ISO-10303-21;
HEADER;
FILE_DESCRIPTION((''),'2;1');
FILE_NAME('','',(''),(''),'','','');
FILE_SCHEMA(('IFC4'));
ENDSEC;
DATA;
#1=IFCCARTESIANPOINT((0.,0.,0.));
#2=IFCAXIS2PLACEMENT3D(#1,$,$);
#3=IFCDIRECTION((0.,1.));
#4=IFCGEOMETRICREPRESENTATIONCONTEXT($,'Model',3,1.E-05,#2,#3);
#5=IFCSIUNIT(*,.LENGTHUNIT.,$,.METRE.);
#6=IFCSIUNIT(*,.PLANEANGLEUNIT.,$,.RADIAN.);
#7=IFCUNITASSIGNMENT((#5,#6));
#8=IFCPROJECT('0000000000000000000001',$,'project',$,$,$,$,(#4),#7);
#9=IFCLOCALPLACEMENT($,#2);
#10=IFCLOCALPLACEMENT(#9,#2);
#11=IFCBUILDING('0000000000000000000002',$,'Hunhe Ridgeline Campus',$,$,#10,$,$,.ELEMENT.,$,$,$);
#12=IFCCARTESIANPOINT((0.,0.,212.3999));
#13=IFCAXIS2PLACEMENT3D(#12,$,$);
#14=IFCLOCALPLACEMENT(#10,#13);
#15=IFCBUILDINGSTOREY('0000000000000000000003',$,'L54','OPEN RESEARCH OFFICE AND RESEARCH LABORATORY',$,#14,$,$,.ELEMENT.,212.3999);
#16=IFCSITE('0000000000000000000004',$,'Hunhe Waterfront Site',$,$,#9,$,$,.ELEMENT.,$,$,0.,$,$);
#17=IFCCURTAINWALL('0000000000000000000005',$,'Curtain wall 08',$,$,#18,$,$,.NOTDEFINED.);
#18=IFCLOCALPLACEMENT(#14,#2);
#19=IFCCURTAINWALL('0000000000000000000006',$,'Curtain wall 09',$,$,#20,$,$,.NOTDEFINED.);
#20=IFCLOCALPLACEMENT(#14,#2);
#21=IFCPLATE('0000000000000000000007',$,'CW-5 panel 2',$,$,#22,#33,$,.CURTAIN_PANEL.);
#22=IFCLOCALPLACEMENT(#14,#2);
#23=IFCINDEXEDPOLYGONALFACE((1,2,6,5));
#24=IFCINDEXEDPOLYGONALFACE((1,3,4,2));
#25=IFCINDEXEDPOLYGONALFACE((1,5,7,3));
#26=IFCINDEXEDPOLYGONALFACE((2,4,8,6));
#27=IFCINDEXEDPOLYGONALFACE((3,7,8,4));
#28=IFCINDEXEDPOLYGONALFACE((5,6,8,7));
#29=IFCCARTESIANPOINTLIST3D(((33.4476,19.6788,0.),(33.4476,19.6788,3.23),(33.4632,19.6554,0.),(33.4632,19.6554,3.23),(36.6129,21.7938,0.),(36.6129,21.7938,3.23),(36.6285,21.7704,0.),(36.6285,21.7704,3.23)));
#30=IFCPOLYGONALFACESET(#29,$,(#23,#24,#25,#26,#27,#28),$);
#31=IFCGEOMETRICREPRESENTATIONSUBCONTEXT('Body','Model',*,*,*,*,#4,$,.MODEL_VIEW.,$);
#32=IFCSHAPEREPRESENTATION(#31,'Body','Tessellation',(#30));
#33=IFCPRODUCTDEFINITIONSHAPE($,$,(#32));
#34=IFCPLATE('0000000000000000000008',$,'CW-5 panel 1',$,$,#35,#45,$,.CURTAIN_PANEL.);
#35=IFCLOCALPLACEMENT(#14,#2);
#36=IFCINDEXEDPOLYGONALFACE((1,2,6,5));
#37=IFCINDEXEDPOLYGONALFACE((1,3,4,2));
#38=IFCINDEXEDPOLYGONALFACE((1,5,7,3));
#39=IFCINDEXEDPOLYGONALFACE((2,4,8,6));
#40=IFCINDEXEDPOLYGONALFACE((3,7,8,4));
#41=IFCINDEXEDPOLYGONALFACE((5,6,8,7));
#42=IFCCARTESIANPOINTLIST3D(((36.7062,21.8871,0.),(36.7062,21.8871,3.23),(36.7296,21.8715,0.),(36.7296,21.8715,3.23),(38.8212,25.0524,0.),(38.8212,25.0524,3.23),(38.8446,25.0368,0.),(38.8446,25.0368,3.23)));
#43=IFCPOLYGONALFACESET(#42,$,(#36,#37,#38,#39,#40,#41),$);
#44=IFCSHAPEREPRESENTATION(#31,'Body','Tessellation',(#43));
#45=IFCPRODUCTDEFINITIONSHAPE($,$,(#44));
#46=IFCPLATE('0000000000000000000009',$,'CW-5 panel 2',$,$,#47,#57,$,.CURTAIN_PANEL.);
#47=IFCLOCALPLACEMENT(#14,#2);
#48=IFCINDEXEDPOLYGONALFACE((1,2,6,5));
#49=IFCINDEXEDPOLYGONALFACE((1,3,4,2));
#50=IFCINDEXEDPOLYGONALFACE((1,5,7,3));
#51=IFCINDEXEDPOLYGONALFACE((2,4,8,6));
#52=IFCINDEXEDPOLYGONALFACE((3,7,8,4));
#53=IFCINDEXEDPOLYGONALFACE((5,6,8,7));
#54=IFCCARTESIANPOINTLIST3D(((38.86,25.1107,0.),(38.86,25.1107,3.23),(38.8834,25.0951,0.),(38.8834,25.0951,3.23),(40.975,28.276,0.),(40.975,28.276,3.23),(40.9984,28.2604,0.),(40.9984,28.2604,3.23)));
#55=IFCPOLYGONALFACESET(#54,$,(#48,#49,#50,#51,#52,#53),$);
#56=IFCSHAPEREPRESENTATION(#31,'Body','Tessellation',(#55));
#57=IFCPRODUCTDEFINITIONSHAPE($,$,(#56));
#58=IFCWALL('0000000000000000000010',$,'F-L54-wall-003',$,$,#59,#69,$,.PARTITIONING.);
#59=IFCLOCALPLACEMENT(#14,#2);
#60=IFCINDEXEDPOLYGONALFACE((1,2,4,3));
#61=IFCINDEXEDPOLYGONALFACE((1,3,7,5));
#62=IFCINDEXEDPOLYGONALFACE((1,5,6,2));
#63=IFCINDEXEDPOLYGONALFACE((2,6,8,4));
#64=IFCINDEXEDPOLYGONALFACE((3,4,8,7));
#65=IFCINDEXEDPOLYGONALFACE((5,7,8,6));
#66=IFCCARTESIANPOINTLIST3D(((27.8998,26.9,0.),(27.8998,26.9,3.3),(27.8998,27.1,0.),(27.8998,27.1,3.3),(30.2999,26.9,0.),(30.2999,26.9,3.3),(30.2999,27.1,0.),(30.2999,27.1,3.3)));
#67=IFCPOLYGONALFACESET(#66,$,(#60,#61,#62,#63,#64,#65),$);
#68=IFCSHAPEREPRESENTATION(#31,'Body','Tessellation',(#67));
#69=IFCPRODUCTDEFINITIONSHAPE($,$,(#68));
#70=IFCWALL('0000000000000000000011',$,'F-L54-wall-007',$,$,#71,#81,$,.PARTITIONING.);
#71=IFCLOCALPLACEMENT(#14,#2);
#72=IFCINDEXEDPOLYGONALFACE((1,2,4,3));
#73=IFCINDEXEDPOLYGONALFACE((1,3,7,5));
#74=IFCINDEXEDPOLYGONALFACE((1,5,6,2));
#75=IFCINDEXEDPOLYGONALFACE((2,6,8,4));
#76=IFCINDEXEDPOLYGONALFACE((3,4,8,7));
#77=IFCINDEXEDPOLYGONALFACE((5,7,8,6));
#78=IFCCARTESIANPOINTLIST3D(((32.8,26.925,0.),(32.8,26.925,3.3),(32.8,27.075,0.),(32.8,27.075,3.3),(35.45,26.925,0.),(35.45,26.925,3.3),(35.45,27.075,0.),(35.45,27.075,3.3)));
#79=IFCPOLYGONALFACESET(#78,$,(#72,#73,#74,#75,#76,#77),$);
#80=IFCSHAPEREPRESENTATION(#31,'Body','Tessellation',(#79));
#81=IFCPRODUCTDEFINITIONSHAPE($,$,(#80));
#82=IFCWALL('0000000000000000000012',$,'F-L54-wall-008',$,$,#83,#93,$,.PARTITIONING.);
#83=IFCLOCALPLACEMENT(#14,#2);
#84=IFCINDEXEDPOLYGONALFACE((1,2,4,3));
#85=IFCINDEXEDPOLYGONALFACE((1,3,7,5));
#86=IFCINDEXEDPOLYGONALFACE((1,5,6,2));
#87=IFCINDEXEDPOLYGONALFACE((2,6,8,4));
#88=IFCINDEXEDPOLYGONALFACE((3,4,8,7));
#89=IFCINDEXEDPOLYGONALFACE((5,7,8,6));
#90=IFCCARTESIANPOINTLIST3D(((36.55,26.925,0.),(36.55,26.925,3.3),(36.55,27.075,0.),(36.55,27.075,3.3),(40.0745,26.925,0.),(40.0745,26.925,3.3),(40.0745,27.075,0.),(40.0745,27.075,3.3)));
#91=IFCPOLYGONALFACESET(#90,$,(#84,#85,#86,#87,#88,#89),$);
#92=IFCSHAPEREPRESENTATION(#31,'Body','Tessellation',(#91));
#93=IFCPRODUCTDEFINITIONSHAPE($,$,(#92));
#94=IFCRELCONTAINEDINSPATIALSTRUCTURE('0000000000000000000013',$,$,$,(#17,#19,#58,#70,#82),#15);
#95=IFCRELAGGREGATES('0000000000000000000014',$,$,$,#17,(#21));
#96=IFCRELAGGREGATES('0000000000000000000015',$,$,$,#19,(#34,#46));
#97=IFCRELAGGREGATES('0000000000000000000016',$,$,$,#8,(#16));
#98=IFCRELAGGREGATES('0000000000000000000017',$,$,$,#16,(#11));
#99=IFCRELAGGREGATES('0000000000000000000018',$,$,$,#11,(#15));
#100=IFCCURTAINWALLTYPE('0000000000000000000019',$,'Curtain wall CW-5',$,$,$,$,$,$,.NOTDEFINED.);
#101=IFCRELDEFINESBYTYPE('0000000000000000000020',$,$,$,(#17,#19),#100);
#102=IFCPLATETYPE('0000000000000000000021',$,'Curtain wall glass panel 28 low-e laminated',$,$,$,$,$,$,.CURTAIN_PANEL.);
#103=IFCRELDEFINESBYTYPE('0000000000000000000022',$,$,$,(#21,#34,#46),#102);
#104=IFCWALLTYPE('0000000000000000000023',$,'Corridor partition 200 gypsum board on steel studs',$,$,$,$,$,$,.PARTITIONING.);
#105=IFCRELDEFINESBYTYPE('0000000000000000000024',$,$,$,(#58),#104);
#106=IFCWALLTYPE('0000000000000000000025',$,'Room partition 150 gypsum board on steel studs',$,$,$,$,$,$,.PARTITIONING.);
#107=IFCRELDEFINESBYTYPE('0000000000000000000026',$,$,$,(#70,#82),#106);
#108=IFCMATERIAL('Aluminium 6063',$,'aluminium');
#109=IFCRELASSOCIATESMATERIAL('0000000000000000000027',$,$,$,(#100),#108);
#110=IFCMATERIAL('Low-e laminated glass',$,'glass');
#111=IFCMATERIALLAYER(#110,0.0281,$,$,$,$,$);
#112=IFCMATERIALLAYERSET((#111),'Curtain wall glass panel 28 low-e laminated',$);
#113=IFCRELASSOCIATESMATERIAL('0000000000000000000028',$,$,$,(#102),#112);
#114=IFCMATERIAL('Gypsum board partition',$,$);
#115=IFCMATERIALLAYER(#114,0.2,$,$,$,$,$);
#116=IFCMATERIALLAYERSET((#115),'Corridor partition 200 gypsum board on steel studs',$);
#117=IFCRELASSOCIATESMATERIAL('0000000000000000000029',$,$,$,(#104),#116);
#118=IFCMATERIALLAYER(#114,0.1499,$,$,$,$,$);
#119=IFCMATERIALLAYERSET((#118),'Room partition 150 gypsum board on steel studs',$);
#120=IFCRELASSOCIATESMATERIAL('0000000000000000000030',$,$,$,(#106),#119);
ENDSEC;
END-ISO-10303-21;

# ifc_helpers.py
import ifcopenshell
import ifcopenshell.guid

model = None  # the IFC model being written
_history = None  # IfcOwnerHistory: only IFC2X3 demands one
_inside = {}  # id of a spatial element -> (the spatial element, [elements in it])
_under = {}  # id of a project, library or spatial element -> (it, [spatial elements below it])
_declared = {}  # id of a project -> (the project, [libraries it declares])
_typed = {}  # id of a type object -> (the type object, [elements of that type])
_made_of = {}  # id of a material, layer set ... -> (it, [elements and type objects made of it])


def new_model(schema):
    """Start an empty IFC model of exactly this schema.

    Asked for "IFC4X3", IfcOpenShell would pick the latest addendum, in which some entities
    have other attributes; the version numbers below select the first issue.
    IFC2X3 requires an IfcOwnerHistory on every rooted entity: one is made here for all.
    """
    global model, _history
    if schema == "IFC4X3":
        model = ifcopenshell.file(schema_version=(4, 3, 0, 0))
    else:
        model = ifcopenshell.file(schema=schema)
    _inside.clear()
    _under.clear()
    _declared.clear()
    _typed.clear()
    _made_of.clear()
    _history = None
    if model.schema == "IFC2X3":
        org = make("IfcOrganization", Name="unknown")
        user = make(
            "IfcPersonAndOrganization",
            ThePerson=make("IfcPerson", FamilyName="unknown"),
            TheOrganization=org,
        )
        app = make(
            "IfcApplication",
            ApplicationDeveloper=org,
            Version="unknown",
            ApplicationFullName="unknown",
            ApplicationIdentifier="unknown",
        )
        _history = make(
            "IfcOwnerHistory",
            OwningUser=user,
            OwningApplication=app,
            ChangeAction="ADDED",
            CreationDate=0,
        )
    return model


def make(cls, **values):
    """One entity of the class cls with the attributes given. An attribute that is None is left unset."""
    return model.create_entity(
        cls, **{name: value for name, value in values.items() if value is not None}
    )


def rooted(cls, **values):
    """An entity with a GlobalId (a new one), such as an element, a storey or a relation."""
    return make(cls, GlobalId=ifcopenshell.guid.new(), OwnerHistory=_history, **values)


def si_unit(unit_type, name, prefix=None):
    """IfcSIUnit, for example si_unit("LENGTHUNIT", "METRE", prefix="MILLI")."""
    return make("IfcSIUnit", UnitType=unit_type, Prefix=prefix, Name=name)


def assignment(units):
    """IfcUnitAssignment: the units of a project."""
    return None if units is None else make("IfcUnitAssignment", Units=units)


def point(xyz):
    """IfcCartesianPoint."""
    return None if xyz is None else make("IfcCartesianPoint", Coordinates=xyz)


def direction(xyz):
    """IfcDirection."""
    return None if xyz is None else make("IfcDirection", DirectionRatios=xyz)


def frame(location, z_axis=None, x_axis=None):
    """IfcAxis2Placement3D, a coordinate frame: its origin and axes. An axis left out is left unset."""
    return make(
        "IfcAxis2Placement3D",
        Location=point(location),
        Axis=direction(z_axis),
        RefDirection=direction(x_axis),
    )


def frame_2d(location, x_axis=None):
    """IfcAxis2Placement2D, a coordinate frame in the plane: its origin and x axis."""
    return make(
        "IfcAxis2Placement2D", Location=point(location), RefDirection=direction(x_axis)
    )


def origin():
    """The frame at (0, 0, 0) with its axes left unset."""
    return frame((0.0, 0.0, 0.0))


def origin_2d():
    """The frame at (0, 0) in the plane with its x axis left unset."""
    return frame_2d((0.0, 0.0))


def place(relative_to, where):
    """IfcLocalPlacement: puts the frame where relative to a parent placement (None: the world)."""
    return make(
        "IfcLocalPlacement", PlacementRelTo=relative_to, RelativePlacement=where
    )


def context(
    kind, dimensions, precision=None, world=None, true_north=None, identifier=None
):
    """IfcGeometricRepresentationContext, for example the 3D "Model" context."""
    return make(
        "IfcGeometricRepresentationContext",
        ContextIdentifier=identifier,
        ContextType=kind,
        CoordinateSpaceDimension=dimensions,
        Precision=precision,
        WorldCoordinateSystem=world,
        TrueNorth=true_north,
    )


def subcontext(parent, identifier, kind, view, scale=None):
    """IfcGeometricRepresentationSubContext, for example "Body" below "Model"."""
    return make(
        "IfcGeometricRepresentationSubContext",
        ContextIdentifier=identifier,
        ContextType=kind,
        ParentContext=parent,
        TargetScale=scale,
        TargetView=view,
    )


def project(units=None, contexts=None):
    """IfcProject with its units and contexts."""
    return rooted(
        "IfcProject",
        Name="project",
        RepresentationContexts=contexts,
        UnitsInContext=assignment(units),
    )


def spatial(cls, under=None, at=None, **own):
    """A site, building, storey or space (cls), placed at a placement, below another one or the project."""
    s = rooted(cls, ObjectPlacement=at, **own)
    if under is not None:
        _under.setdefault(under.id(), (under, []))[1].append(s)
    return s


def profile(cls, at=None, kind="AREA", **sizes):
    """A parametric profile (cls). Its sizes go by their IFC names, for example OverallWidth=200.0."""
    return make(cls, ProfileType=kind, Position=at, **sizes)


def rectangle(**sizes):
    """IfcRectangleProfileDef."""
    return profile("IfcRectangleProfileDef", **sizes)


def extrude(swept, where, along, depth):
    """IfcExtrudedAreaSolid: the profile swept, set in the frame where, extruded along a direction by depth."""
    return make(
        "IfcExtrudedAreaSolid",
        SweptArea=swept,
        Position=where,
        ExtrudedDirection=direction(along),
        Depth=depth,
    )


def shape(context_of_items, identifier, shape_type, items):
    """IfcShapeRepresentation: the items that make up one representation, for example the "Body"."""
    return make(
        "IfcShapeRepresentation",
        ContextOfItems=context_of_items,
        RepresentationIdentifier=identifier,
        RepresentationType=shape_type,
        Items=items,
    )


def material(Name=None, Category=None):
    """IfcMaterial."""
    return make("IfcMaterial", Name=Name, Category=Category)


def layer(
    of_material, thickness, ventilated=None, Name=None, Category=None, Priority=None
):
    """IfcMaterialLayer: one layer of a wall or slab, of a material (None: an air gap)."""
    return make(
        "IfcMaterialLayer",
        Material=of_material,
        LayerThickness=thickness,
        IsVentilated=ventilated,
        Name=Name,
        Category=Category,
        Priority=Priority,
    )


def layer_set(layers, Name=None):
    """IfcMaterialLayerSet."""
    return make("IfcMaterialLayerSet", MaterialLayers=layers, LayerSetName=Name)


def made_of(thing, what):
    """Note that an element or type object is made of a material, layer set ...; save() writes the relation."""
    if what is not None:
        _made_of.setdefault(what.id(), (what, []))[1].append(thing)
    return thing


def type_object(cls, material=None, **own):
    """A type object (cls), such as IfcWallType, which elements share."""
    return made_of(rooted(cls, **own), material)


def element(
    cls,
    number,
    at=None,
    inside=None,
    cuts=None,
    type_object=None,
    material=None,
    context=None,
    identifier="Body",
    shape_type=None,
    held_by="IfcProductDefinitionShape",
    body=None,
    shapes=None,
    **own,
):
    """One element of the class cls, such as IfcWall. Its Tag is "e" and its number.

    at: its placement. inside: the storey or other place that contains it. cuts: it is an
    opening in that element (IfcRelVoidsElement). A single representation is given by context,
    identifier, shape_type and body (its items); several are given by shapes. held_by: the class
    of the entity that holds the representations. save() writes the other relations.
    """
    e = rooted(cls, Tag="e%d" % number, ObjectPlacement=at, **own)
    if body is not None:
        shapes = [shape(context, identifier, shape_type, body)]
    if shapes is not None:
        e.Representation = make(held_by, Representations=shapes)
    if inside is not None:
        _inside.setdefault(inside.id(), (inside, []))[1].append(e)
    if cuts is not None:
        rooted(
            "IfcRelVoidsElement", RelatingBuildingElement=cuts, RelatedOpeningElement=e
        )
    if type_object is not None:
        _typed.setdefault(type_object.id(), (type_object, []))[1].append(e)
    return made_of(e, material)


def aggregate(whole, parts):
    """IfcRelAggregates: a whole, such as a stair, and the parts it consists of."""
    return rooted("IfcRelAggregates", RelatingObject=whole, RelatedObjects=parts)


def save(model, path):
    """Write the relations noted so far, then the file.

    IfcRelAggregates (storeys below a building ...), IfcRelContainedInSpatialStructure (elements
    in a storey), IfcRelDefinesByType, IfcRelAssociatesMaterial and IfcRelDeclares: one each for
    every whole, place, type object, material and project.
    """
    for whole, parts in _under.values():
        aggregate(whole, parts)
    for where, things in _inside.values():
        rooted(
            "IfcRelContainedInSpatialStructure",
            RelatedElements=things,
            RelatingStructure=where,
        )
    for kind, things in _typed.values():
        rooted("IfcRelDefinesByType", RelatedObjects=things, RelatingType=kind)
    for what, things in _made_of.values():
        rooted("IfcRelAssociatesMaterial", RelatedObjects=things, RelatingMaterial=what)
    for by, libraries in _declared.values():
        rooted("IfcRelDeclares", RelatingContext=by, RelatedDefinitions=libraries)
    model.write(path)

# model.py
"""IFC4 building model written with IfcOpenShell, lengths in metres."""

from ifc_helpers import new_model, si_unit, direction, frame, frame_2d, origin, origin_2d, place, context, subcontext, project, spatial, rectangle, extrude, material, layer, layer_set, type_object, element, aggregate, save


model = new_model("IFC4")

# Units and contexts
model_context = context("Model", 3, precision=1e-05, world=origin(), true_north=direction((0.0, 1.0)))
body_context = subcontext(model_context, "Body", "Model", "MODEL_VIEW")
ifc_project = project(units=[si_unit("LENGTHUNIT", "METRE"), si_unit("PLANEANGLEUNIT", "RADIAN")], contexts=[model_context])

# Site, building, storey
site_placement = place(None, origin())
site = spatial("IfcSite", under=ifc_project, at=site_placement, Name="Hunhe Waterfront Site", CompositionType="ELEMENT", RefElevation=0.0)
building_placement = place(site_placement, origin())
building = spatial("IfcBuilding", under=site, at=building_placement, Name="Hunhe Ridgeline Campus", CompositionType="ELEMENT")
storey_placement = place(building_placement, frame((0.0, 0.0, 212.3999)))
storey = spatial("IfcBuildingStorey", under=building, at=storey_placement, Name="L54", Description="OPEN RESEARCH OFFICE AND RESEARCH LABORATORY", CompositionType="ELEMENT", Elevation=212.3999)

# Curtain walls
ifc_material_1 = material(Name="Aluminium 6063", Category="aluminium")
curtain_wall_type = type_object("IfcCurtainWallType", Name="Curtain wall CW-5", PredefinedType="NOTDEFINED", material=ifc_material_1)
curtain_wall_1_placement = place(storey_placement, origin())
curtain_wall_1 = element("IfcCurtainWall", 1, at=curtain_wall_1_placement, inside=storey, type_object=curtain_wall_type, Name="Curtain wall 08", PredefinedType="NOTDEFINED")
curtain_wall_2_placement = place(storey_placement, origin())
curtain_wall_2 = element("IfcCurtainWall", 2, at=curtain_wall_2_placement, inside=storey, type_object=curtain_wall_type, Name="Curtain wall 09", PredefinedType="NOTDEFINED")

# Plates
ifc_material_2 = material(Name="Low-e laminated glass", Category="glass")
ifc_layer_1 = layer(ifc_material_2, 0.0281)
ifc_layer_set_1 = layer_set([ifc_layer_1], Name="Curtain wall glass panel 28 low-e laminated")
plate_type = type_object("IfcPlateType", Name="Curtain wall glass panel 28 low-e laminated", PredefinedType="CURTAIN_PANEL", material=ifc_layer_set_1)
plate_1_placement = place(storey_placement, frame((35.0381, 20.7246, 0.0), z_axis=(0.0, 0.0, 1.0), x_axis=(0.83147, 0.55557, 0.0)))
plate_1 = element("IfcPlate", 3, at=plate_1_placement, type_object=plate_type, Name="CW-5 panel 2", PredefinedType="CURTAIN_PANEL", context=body_context, shape_type="SweptSolid", body=[
    extrude(rectangle(XDim=3.8069, YDim=0.0281, at=origin_2d()), origin(), (0.0, 0.0, 1.0), 3.23),
])
aggregate(curtain_wall_1, [plate_1])
plate_2_placement = place(storey_placement, frame((37.7754, 23.4619, 0.0), z_axis=(0.0, 0.0, 1.0), x_axis=(0.55557, 0.83147, 0.0)))
plate_2 = element("IfcPlate", 4, at=plate_2_placement, type_object=plate_type, Name="CW-5 panel 1", PredefinedType="CURTAIN_PANEL", context=body_context, shape_type="SweptSolid", body=[
    extrude(rectangle(XDim=3.8069, YDim=0.0281, at=origin_2d()), origin(), (0.0, 0.0, 1.0), 3.23),
])
plate_3_placement = place(storey_placement, frame((39.9292, 26.6855, 0.0), z_axis=(0.0, 0.0, 1.0), x_axis=(0.55557, 0.83147, 0.0)))
plate_3 = element("IfcPlate", 5, at=plate_3_placement, type_object=plate_type, Name="CW-5 panel 2", PredefinedType="CURTAIN_PANEL", context=body_context, shape_type="SweptSolid", body=[
    extrude(rectangle(XDim=3.8069, YDim=0.0281, at=origin_2d()), origin(), (0.0, 0.0, 1.0), 3.23),
])
aggregate(curtain_wall_2, [plate_2, plate_3])

# Wall
ifc_material_3 = material(Name="Gypsum board partition")
ifc_layer_2 = layer(ifc_material_3, 0.2)
ifc_layer_set_2 = layer_set([ifc_layer_2], Name="Corridor partition 200 gypsum board on steel studs")
wall_type_1 = type_object("IfcWallType", Name="Corridor partition 200 gypsum board on steel studs", PredefinedType="PARTITIONING", material=ifc_layer_set_2)
wall_1_placement = place(storey_placement, frame((30.3, 27.0, 0.0), z_axis=(0.0, 0.0, 1.0), x_axis=(-1.0, 0.0, 0.0)))
element("IfcWall", 6, at=wall_1_placement, inside=storey, type_object=wall_type_1, Name="F-L54-wall-003", PredefinedType="PARTITIONING", context=body_context, shape_type="SweptSolid", body=[
    extrude(rectangle(XDim=2.4001, YDim=0.2, at=frame_2d((1.2002, 0.0))), origin(), (0.0, 0.0, 1.0), 3.3),
])

# Walls
ifc_layer_3 = layer(ifc_material_3, 0.1499)
ifc_layer_set_3 = layer_set([ifc_layer_3], Name="Room partition 150 gypsum board on steel studs")
wall_type_2 = type_object("IfcWallType", Name="Room partition 150 gypsum board on steel studs", PredefinedType="PARTITIONING", material=ifc_layer_set_3)
wall_2_placement = place(storey_placement, frame((32.8, 27.0, 0.0), z_axis=(0.0, 0.0, 1.0), x_axis=(1.0, 0.0, 0.0)))
element("IfcWall", 7, at=wall_2_placement, inside=storey, type_object=wall_type_2, Name="F-L54-wall-007", PredefinedType="PARTITIONING", context=body_context, shape_type="SweptSolid", body=[
    extrude(rectangle(XDim=2.6499, YDim=0.1499, at=frame_2d((1.325, 0.0))), origin(), (0.0, 0.0, 1.0), 3.3),
])
wall_3_placement = place(storey_placement, frame((36.55, 27.0, 0.0), z_axis=(0.0, 0.0, 1.0), x_axis=(1.0, 0.0, 0.0)))
element("IfcWall", 8, at=wall_3_placement, inside=storey, type_object=wall_type_2, Name="F-L54-wall-008", PredefinedType="PARTITIONING", context=body_context, shape_type="SweptSolid", body=[
    extrude(rectangle(XDim=3.5244, YDim=0.1499, at=frame_2d((1.7622, 0.0))), origin(), (0.0, 0.0, 1.0), 3.3),
])

save(model, "model.ifc")
